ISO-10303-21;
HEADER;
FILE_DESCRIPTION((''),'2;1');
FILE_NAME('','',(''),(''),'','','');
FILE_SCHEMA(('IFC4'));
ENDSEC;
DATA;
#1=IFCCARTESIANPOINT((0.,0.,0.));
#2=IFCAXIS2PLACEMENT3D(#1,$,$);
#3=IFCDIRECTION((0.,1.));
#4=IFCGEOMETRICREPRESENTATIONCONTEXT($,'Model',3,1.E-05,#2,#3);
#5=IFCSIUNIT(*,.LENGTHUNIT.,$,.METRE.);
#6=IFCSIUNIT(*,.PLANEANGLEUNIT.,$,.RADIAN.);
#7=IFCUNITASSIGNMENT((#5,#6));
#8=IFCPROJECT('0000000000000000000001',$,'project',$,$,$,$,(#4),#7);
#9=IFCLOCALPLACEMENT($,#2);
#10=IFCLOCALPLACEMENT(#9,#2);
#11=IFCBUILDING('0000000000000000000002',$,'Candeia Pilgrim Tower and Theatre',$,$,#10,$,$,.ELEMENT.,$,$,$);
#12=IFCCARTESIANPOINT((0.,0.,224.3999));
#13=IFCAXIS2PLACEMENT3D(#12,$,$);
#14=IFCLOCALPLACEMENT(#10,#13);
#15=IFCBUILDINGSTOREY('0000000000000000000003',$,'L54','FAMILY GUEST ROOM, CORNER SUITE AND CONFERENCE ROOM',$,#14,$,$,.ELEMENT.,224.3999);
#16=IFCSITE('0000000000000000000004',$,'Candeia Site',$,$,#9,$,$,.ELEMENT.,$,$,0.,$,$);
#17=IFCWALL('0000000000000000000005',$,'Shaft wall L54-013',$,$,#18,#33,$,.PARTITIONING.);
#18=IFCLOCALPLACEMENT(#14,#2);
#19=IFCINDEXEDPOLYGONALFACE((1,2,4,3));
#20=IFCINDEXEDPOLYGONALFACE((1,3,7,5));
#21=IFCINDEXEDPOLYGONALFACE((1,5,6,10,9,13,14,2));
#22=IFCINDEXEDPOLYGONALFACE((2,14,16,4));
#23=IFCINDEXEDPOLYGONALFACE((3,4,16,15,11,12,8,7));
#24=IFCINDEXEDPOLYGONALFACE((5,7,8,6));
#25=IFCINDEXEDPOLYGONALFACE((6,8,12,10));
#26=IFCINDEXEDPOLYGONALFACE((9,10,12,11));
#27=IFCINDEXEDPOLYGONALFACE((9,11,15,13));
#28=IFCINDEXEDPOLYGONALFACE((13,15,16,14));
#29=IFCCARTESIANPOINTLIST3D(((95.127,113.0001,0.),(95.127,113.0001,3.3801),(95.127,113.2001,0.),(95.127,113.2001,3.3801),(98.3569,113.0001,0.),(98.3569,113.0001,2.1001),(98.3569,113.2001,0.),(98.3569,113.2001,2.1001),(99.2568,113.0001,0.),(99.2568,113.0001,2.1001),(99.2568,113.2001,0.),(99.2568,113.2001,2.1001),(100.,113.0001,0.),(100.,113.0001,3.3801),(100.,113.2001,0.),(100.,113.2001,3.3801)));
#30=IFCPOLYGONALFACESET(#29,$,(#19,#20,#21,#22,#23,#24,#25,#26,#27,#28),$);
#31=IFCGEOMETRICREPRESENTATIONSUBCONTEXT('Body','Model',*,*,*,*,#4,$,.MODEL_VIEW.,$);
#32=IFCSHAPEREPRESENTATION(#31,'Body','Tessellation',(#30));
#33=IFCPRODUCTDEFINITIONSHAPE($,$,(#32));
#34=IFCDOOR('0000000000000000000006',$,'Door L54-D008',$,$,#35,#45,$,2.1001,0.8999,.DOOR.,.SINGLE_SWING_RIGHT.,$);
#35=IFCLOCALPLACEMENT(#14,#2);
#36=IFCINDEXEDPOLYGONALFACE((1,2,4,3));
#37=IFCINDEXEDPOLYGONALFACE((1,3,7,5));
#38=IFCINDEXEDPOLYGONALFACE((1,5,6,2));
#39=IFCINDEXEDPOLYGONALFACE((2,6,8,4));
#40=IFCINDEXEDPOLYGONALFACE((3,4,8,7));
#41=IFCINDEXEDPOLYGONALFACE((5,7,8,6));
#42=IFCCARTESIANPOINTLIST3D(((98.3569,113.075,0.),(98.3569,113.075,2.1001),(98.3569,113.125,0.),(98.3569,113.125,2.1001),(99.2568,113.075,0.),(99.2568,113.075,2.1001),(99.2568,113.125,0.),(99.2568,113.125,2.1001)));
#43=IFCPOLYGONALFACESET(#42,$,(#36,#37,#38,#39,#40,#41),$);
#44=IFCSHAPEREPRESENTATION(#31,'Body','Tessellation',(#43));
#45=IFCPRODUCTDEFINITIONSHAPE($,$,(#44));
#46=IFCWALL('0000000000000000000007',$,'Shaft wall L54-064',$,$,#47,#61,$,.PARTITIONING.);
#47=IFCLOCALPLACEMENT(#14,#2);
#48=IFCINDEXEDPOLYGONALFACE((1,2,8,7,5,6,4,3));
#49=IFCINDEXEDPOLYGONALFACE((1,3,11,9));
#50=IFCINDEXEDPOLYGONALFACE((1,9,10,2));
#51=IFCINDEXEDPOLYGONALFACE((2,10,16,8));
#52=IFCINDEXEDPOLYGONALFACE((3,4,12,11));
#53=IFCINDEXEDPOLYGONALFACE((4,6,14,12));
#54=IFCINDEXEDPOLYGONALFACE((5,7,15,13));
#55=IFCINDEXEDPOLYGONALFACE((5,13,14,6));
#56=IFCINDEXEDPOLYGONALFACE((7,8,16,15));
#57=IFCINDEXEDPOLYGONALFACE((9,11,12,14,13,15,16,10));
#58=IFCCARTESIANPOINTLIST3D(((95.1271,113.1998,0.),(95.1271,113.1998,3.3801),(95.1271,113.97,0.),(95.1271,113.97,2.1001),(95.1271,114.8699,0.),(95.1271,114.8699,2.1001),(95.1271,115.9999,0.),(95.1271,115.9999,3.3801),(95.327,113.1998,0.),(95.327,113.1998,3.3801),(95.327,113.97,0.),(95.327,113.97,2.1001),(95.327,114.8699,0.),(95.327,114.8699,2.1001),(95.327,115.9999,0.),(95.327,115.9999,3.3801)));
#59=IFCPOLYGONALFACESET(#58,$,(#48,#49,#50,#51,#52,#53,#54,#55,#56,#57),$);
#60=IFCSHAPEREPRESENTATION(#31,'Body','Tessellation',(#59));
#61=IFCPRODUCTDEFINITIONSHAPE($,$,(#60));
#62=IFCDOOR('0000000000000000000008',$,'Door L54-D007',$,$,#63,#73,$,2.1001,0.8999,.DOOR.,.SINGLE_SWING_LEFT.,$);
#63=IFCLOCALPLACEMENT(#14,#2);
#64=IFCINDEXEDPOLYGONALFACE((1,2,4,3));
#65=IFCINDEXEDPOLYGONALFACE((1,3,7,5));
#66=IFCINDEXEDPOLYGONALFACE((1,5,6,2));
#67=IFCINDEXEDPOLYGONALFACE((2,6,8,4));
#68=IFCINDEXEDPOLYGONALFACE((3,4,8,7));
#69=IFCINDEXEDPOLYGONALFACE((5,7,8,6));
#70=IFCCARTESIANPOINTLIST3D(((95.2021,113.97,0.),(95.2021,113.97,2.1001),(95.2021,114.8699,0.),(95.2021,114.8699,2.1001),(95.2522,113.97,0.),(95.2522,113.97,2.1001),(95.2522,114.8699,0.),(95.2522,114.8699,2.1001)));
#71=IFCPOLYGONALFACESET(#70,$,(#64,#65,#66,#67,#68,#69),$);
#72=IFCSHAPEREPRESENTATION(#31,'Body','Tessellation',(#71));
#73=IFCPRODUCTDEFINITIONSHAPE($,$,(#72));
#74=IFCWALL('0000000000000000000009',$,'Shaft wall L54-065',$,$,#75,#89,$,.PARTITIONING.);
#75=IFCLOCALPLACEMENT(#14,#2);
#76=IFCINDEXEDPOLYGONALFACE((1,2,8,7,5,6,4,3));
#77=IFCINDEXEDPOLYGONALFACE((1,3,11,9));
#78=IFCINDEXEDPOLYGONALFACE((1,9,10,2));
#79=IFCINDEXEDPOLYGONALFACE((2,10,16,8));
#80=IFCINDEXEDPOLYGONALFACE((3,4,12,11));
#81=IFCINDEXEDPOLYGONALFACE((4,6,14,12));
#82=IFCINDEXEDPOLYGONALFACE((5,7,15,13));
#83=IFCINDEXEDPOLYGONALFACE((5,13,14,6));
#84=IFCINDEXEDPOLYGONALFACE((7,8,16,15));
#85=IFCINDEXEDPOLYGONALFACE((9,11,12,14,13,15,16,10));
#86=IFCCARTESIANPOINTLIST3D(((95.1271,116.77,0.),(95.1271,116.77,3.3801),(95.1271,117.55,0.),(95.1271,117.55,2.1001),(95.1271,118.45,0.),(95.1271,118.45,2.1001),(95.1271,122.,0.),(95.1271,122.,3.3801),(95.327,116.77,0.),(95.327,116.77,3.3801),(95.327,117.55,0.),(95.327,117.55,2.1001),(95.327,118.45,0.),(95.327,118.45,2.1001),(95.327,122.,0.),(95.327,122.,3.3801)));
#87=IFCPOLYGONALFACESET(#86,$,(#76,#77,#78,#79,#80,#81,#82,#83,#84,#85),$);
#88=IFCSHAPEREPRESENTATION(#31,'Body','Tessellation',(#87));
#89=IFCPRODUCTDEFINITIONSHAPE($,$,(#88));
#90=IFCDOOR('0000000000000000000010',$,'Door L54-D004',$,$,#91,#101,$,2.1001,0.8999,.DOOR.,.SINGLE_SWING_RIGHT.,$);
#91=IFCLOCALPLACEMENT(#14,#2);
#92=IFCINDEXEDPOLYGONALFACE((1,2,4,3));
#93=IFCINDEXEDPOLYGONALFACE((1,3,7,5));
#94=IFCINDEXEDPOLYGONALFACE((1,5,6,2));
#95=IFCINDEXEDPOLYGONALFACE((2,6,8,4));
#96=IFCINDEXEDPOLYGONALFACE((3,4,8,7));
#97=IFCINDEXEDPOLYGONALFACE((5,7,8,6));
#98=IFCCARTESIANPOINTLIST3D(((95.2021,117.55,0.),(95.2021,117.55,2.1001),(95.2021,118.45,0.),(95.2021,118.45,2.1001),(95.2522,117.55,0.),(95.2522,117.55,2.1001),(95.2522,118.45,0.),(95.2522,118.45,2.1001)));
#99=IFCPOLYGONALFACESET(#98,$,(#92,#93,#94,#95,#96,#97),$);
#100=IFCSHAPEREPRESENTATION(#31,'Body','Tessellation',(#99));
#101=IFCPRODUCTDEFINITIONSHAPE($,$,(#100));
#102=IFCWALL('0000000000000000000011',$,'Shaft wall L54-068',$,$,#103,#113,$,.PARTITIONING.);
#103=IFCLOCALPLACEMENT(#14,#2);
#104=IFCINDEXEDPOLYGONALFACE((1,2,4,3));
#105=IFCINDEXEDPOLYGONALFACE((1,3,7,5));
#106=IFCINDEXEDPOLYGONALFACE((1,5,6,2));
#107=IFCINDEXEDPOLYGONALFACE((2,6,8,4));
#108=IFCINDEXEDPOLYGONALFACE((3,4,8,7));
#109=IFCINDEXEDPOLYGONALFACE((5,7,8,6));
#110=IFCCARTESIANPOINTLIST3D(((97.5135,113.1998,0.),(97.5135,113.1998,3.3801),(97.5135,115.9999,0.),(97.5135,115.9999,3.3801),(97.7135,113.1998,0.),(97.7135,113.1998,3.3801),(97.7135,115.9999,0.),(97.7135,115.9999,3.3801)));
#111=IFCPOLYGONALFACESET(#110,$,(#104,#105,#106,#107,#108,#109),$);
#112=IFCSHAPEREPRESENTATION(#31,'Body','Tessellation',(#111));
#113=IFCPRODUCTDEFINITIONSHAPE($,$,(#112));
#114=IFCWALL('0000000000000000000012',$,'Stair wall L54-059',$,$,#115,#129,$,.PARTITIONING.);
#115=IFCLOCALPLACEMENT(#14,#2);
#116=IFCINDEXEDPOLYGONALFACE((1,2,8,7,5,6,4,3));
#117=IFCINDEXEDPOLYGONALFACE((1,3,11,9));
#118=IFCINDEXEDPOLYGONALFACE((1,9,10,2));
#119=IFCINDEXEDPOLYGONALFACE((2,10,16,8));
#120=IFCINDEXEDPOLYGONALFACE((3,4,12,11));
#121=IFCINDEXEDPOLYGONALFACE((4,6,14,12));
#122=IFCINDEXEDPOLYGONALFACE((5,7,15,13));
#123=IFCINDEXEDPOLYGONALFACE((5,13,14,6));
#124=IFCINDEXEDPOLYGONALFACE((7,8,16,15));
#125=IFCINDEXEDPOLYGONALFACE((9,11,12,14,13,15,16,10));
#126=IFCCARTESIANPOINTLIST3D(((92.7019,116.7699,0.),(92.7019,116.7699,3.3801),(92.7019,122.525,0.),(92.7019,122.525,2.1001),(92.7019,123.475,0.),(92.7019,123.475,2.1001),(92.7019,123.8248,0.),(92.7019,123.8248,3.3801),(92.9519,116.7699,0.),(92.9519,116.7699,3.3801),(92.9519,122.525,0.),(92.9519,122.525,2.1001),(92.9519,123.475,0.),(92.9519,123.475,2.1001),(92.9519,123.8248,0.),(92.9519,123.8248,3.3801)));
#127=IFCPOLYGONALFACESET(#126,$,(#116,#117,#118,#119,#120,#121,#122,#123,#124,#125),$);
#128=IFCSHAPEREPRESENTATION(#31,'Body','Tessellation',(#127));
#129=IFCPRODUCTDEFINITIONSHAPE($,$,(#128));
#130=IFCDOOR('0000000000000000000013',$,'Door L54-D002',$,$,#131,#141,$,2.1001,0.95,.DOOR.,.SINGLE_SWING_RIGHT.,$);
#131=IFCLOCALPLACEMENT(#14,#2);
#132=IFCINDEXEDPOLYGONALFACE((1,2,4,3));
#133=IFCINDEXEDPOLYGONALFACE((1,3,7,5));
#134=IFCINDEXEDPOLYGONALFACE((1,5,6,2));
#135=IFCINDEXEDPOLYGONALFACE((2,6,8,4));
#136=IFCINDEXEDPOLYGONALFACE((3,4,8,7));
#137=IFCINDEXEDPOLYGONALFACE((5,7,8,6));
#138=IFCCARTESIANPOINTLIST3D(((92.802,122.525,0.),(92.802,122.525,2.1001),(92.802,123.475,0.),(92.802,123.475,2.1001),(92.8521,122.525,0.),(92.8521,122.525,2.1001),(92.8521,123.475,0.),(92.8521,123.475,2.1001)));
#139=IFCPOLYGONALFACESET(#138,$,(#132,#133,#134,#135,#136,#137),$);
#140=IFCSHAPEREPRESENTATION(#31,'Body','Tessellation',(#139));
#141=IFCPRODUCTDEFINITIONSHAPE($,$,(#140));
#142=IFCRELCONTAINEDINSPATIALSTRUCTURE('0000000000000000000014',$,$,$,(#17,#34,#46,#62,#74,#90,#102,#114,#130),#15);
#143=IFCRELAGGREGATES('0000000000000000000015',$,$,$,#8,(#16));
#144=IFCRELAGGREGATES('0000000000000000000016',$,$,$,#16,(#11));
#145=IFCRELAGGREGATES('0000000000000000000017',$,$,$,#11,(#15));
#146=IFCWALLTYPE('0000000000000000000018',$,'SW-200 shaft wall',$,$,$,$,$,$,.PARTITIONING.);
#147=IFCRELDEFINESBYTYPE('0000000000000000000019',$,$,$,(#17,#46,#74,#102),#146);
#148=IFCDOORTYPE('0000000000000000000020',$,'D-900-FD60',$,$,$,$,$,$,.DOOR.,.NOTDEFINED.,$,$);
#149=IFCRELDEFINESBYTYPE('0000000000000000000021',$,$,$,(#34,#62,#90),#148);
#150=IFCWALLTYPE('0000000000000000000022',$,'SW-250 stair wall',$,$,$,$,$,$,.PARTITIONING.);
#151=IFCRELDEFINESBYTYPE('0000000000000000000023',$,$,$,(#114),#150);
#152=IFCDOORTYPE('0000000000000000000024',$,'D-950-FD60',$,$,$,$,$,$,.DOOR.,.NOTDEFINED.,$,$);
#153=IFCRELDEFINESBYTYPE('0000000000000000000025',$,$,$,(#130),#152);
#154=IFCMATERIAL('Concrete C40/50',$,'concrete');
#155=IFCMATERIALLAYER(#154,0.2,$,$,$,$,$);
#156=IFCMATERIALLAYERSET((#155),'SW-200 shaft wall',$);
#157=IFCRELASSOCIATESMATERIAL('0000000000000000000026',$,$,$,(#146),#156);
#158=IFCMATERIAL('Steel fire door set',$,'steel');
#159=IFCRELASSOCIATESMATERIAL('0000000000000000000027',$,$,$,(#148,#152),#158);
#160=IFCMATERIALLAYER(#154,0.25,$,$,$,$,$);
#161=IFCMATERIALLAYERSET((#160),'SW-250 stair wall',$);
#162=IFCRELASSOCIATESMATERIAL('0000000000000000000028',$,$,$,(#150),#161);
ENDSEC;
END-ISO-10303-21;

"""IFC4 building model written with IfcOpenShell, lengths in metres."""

from ifc_helpers import new_model, si_unit, direction, frame, frame_2d, origin, place, context, subcontext, project, spatial, rectangle, extrude, material, layer, layer_set, type_object, element, fill, save


model = new_model("IFC4")

# Units and contexts
model_context = context("Model", 3, precision=1e-05, world=origin(), true_north=direction((0.0, 1.0)))
body_context = subcontext(model_context, "Body", "Model", "MODEL_VIEW")
ifc_project = project(units=[si_unit("LENGTHUNIT", "METRE"), si_unit("PLANEANGLEUNIT", "RADIAN")], contexts=[model_context])

# Site, building, storey
site_placement = place(None, origin())
site = spatial("IfcSite", under=ifc_project, at=site_placement, Name="Candeia Site", CompositionType="ELEMENT", RefElevation=0.0)
building_placement = place(site_placement, origin())
building = spatial("IfcBuilding", under=site, at=building_placement, Name="Candeia Pilgrim Tower and Theatre", CompositionType="ELEMENT")
storey_placement = place(building_placement, frame((0.0, 0.0, 224.3999)))
storey = spatial("IfcBuildingStorey", under=building, at=storey_placement, Name="L54", Description="FAMILY GUEST ROOM, CORNER SUITE AND CONFERENCE ROOM", CompositionType="ELEMENT", Elevation=224.3999)

# Shared definitions
ifc_material_1 = material(Name="Steel fire door set", Category="steel")

# Walls, openings, doors
ifc_material_2 = material(Name="Concrete C40/50", Category="concrete")
ifc_layer_1 = layer(ifc_material_2, 0.2)
ifc_layer_set_1 = layer_set([ifc_layer_1], Name="SW-200 shaft wall")
wall_type_1 = type_object("IfcWallType", Name="SW-200 shaft wall", PredefinedType="PARTITIONING", material=ifc_layer_set_1)
wall_1_placement = place(storey_placement, frame((95.127, 113.1001, 0.0), z_axis=(0.0, 0.0, 1.0), x_axis=(1.0, 0.0, 0.0)))
wall_1 = element("IfcWall", 1, at=wall_1_placement, inside=storey, type_object=wall_type_1, Name="Shaft wall L54-013", PredefinedType="PARTITIONING", context=body_context, shape_type="SweptSolid", body=[
    extrude(rectangle(XDim=4.873, YDim=0.2, at=frame_2d((2.4365, 0.0))), origin(), (0.0, 0.0, 1.0), 3.3801),
])
opening_1_placement = place(wall_1_placement, frame((3.23, 0.0, 0.0)))
opening_1 = element("IfcOpeningElement", 2, at=opening_1_placement, cuts=wall_1, PredefinedType="OPENING", context=body_context, shape_type="SweptSolid", body=[
    extrude(rectangle(XDim=0.8999, YDim=2.1001, at=frame_2d((0.45, 1.05))), frame((0.0, 0.1099, 0.0), z_axis=(0.0, -1.0, 0.0), x_axis=(1.0, 0.0, 0.0)), (0.0, 0.0, 1.0), 0.22),
])
door_type_1 = type_object("IfcDoorType", Name="D-900-FD60", OperationType="NOTDEFINED", PredefinedType="DOOR", material=ifc_material_1)
door_1_placement = place(opening_1_placement, origin())
door_1 = element("IfcDoor", 3, at=door_1_placement, inside=storey, type_object=door_type_1, Name="Door L54-D008", OperationType="SINGLE_SWING_RIGHT", OverallHeight=2.1001, OverallWidth=0.8999, PredefinedType="DOOR", context=body_context, shape_type="SweptSolid", body=[
    extrude(rectangle(XDim=0.8999, YDim=2.1001, at=frame_2d((0.45, 1.05))), frame((0.0, 0.0249, 0.0), z_axis=(0.0, -1.0, 0.0), x_axis=(1.0, 0.0, 0.0)), (0.0, 0.0, 1.0), 0.05),
])
fill(opening_1, door_1)
wall_2_placement = place(storey_placement, frame((95.2271, 113.2, 0.0), z_axis=(0.0, 0.0, 1.0), x_axis=(0.0, 1.0, 0.0)))
wall_2 = element("IfcWall", 4, at=wall_2_placement, inside=storey, type_object=wall_type_1, Name="Shaft wall L54-064", PredefinedType="PARTITIONING", context=body_context, shape_type="SweptSolid", body=[
    extrude(rectangle(XDim=2.8, YDim=0.2, at=frame_2d((1.3999, 0.0))), origin(), (0.0, 0.0, 1.0), 3.3801),
])
opening_2_placement = place(wall_2_placement, frame((0.77, 0.0, 0.0)))
opening_2 = element("IfcOpeningElement", 5, at=opening_2_placement, cuts=wall_2, PredefinedType="OPENING", context=body_context, shape_type="SweptSolid", body=[
    extrude(rectangle(XDim=0.8999, YDim=2.1001, at=frame_2d((0.45, 1.05))), frame((0.0, 0.1099, 0.0), z_axis=(0.0, -1.0, 0.0), x_axis=(1.0, 0.0, 0.0)), (0.0, 0.0, 1.0), 0.22),
])
door_2_placement = place(opening_2_placement, origin())
door_2 = element("IfcDoor", 6, at=door_2_placement, inside=storey, type_object=door_type_1, Name="Door L54-D007", OperationType="SINGLE_SWING_LEFT", OverallHeight=2.1001, OverallWidth=0.8999, PredefinedType="DOOR", context=body_context, shape_type="SweptSolid", body=[
    extrude(rectangle(XDim=0.8999, YDim=2.1001, at=frame_2d((0.45, 1.05))), frame((0.0, 0.0249, 0.0), z_axis=(0.0, -1.0, 0.0), x_axis=(1.0, 0.0, 0.0)), (0.0, 0.0, 1.0), 0.05),
])
fill(opening_2, door_2)
wall_3_placement = place(storey_placement, frame((95.2271, 116.77, 0.0), z_axis=(0.0, 0.0, 1.0), x_axis=(0.0, 1.0, 0.0)))
wall_3 = element("IfcWall", 7, at=wall_3_placement, inside=storey, type_object=wall_type_1, Name="Shaft wall L54-065", PredefinedType="PARTITIONING", context=body_context, shape_type="SweptSolid", body=[
    extrude(rectangle(XDim=5.23, YDim=0.2, at=frame_2d((2.615, 0.0))), origin(), (0.0, 0.0, 1.0), 3.3801),
])
opening_3_placement = place(wall_3_placement, frame((0.78, 0.0, 0.0)))
opening_3 = element("IfcOpeningElement", 8, at=opening_3_placement, cuts=wall_3, PredefinedType="OPENING", context=body_context, shape_type="SweptSolid", body=[
    extrude(rectangle(XDim=0.8999, YDim=2.1001, at=frame_2d((0.45, 1.05))), frame((0.0, 0.1099, 0.0), z_axis=(0.0, -1.0, 0.0), x_axis=(1.0, 0.0, 0.0)), (0.0, 0.0, 1.0), 0.22),
])
door_3_placement = place(opening_3_placement, origin())
door_3 = element("IfcDoor", 9, at=door_3_placement, inside=storey, type_object=door_type_1, Name="Door L54-D004", OperationType="SINGLE_SWING_RIGHT", OverallHeight=2.1001, OverallWidth=0.8999, PredefinedType="DOOR", context=body_context, shape_type="SweptSolid", body=[
    extrude(rectangle(XDim=0.8999, YDim=2.1001, at=frame_2d((0.45, 1.05))), frame((0.0, 0.0249, 0.0), z_axis=(0.0, -1.0, 0.0), x_axis=(1.0, 0.0, 0.0)), (0.0, 0.0, 1.0), 0.05),
])
fill(opening_3, door_3)

# Wall
wall_4_placement = place(storey_placement, frame((97.6135, 113.2, 0.0), z_axis=(0.0, 0.0, 1.0), x_axis=(0.0, 1.0, 0.0)))
element("IfcWall", 10, at=wall_4_placement, inside=storey, type_object=wall_type_1, Name="Shaft wall L54-068", PredefinedType="PARTITIONING", context=body_context, shape_type="SweptSolid", body=[
    extrude(rectangle(XDim=2.8, YDim=0.2, at=frame_2d((1.3999, 0.0))), origin(), (0.0, 0.0, 1.0), 3.3801),
])

# Wall, opening, door
ifc_layer_2 = layer(ifc_material_2, 0.25)
ifc_layer_set_2 = layer_set([ifc_layer_2], Name="SW-250 stair wall")
wall_type_2 = type_object("IfcWallType", Name="SW-250 stair wall", PredefinedType="PARTITIONING", material=ifc_layer_set_2)
wall_5_placement = place(storey_placement, frame((92.8269, 116.77, 0.0), z_axis=(0.0, 0.0, 1.0), x_axis=(0.0, 1.0, 0.0)))
wall_5 = element("IfcWall", 11, at=wall_5_placement, inside=storey, type_object=wall_type_2, Name="Stair wall L54-059", PredefinedType="PARTITIONING", context=body_context, shape_type="SweptSolid", body=[
    extrude(rectangle(XDim=7.0549, YDim=0.25, at=frame_2d((3.5273, 0.0))), origin(), (0.0, 0.0, 1.0), 3.3801),
])
opening_4_placement = place(wall_5_placement, frame((5.7549, 0.0, 0.0)))
opening_4 = element("IfcOpeningElement", 12, at=opening_4_placement, cuts=wall_5, PredefinedType="OPENING", context=body_context, shape_type="SweptSolid", body=[
    extrude(rectangle(XDim=0.95, YDim=2.1001, at=frame_2d((0.4751, 1.05))), frame((0.0, 0.135, 0.0), z_axis=(0.0, -1.0, 0.0), x_axis=(1.0, 0.0, 0.0)), (0.0, 0.0, 1.0), 0.27),
])
door_type_2 = type_object("IfcDoorType", Name="D-950-FD60", OperationType="NOTDEFINED", PredefinedType="DOOR", material=ifc_material_1)
door_4_placement = place(opening_4_placement, origin())
door_4 = element("IfcDoor", 13, at=door_4_placement, inside=storey, type_object=door_type_2, Name="Door L54-D002", OperationType="SINGLE_SWING_RIGHT", OverallHeight=2.1001, OverallWidth=0.95, PredefinedType="DOOR", context=body_context, shape_type="SweptSolid", body=[
    extrude(rectangle(XDim=0.95, YDim=2.1001, at=frame_2d((0.4751, 1.05))), frame((0.0, 0.0249, 0.0), z_axis=(0.0, -1.0, 0.0), x_axis=(1.0, 0.0, 0.0)), (0.0, 0.0, 1.0), 0.05),
])
fill(opening_4, door_4)

save(model, "model.ifc")
